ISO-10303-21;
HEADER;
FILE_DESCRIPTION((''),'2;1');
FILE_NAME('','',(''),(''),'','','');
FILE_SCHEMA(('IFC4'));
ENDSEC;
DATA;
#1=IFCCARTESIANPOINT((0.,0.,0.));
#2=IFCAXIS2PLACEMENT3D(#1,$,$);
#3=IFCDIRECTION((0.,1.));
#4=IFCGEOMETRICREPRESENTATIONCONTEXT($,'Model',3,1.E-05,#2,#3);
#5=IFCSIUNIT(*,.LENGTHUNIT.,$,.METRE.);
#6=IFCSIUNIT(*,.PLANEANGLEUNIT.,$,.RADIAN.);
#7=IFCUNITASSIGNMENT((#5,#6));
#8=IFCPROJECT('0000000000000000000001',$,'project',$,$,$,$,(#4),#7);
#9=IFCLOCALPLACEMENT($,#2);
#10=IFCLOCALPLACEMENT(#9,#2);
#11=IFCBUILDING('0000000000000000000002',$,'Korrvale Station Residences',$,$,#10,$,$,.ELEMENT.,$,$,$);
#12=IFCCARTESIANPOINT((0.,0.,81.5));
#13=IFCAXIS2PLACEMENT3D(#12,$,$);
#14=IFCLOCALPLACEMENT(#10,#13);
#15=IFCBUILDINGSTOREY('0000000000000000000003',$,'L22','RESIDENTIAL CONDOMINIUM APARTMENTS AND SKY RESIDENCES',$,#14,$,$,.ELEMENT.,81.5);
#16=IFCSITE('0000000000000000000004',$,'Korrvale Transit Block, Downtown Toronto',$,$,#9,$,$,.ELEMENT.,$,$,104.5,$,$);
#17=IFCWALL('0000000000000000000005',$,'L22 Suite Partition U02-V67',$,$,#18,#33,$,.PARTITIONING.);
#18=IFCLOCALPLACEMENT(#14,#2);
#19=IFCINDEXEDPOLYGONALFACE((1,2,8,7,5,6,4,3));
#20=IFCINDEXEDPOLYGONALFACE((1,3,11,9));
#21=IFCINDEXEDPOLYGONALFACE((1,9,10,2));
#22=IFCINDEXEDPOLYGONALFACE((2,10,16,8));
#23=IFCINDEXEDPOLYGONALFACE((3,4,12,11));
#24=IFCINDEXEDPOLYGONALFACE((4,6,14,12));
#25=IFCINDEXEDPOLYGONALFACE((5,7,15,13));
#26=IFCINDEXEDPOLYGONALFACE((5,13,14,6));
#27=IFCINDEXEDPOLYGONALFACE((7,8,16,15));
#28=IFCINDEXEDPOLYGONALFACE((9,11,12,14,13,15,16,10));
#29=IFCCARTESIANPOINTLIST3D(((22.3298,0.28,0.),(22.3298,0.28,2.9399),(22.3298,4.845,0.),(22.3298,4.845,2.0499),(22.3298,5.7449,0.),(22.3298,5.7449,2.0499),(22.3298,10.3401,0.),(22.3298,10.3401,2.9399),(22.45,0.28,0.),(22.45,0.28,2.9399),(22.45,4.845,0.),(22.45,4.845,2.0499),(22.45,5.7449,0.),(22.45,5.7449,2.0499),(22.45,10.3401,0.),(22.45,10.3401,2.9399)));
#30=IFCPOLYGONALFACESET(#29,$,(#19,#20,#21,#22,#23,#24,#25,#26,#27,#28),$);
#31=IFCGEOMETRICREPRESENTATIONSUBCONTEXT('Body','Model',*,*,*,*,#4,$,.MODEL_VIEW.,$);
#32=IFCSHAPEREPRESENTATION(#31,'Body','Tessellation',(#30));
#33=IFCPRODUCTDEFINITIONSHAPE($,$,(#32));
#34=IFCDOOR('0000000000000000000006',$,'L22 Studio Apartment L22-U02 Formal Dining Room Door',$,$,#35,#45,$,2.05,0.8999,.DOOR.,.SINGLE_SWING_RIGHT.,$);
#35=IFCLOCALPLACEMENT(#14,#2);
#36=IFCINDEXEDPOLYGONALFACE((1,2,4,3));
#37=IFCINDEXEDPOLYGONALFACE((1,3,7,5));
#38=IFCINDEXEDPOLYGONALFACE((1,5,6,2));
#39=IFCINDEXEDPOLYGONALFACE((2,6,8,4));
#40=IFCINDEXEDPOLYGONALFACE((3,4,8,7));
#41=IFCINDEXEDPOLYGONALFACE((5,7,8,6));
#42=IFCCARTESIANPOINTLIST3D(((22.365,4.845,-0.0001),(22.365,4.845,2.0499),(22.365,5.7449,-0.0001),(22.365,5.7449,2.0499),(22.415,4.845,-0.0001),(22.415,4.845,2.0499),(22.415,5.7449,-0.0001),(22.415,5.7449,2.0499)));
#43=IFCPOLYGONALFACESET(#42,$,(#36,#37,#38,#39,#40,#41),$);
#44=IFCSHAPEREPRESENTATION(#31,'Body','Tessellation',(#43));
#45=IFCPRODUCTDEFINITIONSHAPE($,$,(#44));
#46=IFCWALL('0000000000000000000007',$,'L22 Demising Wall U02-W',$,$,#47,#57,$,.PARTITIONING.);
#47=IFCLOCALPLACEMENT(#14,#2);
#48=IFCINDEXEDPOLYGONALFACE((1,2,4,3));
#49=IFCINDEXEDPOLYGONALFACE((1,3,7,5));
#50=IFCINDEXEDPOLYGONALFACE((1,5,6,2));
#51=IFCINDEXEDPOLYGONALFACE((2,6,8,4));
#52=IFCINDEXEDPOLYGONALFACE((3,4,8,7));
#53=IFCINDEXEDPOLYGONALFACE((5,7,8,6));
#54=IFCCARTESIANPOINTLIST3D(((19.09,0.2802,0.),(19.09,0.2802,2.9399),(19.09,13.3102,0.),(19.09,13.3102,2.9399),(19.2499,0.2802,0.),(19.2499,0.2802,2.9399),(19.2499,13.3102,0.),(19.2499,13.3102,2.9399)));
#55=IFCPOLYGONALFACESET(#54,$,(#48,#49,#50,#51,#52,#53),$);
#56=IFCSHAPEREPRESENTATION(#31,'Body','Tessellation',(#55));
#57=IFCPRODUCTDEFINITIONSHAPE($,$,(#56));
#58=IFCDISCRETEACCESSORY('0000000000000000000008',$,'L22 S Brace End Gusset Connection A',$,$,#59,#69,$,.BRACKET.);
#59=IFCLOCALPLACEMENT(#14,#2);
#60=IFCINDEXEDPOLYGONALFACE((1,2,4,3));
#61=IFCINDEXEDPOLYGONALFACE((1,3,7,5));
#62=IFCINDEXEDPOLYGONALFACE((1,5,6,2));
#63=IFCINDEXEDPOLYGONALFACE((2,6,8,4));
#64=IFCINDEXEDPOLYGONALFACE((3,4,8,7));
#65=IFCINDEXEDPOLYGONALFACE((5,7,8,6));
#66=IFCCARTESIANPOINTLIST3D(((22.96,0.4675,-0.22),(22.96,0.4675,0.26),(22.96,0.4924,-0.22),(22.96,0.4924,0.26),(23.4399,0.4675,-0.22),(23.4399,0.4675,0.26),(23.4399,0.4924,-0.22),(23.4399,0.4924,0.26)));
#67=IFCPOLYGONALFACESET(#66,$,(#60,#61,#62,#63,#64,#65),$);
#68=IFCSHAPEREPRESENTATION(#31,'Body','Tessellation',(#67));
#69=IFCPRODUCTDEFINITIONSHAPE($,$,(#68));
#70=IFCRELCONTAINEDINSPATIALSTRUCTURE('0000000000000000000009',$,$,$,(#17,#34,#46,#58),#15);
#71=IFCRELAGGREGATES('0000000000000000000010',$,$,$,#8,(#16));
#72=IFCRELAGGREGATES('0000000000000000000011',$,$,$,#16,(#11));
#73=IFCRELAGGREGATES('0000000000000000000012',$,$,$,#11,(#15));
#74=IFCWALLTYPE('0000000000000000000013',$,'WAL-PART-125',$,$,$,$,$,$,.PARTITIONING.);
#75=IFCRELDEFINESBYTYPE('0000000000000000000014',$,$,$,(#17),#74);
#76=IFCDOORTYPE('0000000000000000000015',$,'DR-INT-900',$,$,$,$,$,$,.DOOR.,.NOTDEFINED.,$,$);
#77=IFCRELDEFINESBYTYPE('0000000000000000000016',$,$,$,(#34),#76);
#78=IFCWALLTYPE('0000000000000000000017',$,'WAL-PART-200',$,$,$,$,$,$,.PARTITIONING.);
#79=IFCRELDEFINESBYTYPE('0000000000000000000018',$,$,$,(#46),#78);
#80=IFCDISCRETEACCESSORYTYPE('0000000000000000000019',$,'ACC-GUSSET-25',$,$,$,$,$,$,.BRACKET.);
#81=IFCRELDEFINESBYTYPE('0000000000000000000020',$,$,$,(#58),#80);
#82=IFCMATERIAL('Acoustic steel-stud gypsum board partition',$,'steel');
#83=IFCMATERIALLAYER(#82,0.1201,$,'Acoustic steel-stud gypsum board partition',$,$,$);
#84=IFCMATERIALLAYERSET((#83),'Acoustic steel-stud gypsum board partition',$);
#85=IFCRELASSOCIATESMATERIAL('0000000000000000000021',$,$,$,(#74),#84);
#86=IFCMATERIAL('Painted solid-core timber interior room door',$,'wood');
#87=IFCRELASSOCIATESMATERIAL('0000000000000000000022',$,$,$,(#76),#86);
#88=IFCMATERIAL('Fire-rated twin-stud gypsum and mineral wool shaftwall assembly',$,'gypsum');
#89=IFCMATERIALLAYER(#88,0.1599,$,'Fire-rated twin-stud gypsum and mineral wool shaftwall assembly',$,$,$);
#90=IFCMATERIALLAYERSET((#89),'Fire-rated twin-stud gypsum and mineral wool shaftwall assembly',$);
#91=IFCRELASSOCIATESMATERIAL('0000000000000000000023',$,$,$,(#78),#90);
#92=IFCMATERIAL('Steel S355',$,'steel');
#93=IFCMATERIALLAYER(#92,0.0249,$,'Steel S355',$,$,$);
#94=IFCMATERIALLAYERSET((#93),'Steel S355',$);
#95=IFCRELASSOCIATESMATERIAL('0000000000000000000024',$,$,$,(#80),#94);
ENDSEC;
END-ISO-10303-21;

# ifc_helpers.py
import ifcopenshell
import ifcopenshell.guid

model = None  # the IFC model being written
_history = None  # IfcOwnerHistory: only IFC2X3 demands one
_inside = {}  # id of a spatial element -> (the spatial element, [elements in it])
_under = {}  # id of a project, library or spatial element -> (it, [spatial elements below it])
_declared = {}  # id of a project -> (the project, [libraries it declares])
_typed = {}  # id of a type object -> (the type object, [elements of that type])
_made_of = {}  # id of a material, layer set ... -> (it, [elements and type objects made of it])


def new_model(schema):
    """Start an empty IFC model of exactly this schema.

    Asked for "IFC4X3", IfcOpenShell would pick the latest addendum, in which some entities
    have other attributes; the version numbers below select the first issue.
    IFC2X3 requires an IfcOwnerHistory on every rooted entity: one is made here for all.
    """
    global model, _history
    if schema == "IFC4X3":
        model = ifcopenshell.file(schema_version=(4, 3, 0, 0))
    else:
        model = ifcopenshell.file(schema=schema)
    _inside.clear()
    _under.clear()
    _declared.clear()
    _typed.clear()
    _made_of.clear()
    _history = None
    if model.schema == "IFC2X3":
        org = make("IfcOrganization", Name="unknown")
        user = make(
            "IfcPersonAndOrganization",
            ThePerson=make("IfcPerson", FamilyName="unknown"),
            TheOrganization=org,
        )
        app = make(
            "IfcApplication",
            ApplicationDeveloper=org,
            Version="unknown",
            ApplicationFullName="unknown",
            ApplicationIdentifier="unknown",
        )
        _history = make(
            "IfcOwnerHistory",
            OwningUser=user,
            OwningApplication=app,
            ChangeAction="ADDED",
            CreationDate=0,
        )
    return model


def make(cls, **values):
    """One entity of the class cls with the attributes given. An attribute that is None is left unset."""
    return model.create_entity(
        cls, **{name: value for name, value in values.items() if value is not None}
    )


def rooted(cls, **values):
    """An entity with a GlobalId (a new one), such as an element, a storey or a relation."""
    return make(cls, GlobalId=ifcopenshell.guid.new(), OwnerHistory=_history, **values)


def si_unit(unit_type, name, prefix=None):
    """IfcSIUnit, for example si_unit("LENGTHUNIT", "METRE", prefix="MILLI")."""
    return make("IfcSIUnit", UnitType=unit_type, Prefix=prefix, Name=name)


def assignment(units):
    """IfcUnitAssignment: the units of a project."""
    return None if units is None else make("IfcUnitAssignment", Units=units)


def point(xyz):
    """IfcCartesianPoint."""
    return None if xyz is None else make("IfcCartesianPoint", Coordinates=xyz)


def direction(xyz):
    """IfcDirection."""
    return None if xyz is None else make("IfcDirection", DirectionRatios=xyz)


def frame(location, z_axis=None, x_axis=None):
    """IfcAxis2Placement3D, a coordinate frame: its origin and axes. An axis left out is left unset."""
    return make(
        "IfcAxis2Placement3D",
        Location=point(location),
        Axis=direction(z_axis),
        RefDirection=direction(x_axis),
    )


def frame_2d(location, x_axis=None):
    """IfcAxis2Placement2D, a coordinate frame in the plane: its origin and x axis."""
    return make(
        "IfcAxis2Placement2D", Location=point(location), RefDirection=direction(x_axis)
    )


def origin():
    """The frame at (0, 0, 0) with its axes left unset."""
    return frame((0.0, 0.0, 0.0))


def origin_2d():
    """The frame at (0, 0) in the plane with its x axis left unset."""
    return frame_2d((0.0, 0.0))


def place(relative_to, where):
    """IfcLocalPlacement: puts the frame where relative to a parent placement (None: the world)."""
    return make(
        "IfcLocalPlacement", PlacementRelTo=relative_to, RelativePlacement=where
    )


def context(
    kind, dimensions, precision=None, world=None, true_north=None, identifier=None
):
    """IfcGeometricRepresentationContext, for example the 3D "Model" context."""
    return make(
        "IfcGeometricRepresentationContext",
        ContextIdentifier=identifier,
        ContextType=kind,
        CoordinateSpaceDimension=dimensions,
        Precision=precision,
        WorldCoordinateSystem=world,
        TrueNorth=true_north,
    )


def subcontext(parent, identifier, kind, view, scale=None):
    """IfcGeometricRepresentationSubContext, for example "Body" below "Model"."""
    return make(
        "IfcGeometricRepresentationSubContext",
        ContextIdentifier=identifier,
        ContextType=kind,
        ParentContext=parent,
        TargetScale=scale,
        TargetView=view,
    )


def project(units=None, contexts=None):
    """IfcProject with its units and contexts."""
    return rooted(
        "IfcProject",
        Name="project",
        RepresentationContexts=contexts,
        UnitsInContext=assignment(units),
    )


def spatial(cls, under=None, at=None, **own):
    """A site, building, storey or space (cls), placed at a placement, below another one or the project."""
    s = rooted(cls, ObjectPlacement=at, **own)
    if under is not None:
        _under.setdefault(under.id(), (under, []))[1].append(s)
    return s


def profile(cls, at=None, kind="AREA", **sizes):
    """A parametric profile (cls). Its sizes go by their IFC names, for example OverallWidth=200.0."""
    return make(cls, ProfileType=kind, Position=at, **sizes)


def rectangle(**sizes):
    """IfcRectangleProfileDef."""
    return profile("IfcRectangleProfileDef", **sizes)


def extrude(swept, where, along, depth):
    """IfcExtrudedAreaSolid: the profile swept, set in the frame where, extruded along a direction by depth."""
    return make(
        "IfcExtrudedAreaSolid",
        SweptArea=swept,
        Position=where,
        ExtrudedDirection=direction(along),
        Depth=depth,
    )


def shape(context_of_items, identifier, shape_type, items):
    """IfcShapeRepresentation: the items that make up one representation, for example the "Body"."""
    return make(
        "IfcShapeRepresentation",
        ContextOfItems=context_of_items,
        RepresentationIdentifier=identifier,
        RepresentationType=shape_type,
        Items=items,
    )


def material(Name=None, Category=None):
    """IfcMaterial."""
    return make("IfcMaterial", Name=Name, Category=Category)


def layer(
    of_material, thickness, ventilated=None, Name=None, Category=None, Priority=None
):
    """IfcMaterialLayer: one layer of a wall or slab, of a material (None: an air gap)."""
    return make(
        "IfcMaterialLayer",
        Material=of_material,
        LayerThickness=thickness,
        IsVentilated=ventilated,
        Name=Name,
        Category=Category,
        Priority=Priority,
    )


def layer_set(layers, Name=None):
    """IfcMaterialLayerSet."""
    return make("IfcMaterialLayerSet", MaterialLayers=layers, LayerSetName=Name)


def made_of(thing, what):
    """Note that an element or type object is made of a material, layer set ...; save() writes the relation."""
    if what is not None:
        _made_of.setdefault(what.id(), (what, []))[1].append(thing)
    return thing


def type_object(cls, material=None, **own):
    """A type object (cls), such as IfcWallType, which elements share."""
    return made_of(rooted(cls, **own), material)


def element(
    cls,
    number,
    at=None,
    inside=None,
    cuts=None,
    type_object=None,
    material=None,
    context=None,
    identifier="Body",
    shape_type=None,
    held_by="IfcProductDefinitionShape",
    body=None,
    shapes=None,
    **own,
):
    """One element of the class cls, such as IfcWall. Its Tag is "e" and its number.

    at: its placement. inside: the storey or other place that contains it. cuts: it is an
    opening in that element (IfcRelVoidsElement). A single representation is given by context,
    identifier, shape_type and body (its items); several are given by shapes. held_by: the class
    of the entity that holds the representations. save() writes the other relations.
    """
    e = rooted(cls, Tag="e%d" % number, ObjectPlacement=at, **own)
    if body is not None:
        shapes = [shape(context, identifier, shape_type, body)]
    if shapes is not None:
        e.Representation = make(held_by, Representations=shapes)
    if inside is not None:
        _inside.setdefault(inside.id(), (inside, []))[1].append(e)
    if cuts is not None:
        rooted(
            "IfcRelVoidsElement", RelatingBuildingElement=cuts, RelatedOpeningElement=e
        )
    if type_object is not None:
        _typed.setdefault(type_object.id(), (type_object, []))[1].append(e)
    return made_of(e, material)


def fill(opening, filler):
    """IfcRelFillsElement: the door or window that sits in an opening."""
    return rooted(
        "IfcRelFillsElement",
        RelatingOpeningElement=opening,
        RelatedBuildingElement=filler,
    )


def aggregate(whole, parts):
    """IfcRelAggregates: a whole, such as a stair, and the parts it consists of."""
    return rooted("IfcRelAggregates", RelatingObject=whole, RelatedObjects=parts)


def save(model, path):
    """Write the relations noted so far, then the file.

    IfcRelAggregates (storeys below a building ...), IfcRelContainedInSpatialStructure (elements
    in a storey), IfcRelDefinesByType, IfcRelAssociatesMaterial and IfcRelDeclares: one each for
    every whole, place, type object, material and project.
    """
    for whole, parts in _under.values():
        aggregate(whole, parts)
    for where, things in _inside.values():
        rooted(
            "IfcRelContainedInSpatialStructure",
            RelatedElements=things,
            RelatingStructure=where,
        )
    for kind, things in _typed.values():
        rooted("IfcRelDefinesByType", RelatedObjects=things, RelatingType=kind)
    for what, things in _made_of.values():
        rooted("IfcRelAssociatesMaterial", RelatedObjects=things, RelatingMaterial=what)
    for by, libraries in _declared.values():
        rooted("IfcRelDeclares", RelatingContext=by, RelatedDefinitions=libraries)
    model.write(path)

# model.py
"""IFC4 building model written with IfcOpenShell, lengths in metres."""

from ifc_helpers import new_model, si_unit, direction, frame, frame_2d, origin, origin_2d, place, context, subcontext, project, spatial, rectangle, extrude, material, layer, layer_set, type_object, element, fill, save


model = new_model("IFC4")

# Units and contexts
model_context = context("Model", 3, precision=1e-05, world=origin(), true_north=direction((0.0, 1.0)))
body_context = subcontext(model_context, "Body", "Model", "MODEL_VIEW")
ifc_project = project(units=[si_unit("LENGTHUNIT", "METRE"), si_unit("PLANEANGLEUNIT", "RADIAN")], contexts=[model_context])

# Site, building, storey
site_placement = place(None, origin())
site = spatial("IfcSite", under=ifc_project, at=site_placement, Name="Korrvale Transit Block, Downtown Toronto", CompositionType="ELEMENT", RefElevation=104.5)
building_placement = place(site_placement, origin())
building = spatial("IfcBuilding", under=site, at=building_placement, Name="Korrvale Station Residences", CompositionType="ELEMENT")
storey_placement = place(building_placement, frame((0.0, 0.0, 81.5)))
storey = spatial("IfcBuildingStorey", under=building, at=storey_placement, Name="L22", Description="RESIDENTIAL CONDOMINIUM APARTMENTS AND SKY RESIDENCES", CompositionType="ELEMENT", Elevation=81.5)

# Shared definitions
ifc_material_1 = material(Name="Steel S355", Category="steel")

# Shared definitions
ifc_material_2 = material(Name="Acoustic steel-stud gypsum board partition", Category="steel")
ifc_layer_1 = layer(ifc_material_2, 0.1201, Name="Acoustic steel-stud gypsum board partition")
ifc_layer_set_1 = layer_set([ifc_layer_1], Name="Acoustic steel-stud gypsum board partition")
wall_type_1 = type_object("IfcWallType", Name="WAL-PART-125", PredefinedType="PARTITIONING", material=ifc_layer_set_1)
ifc_material_3 = material(Name="Painted solid-core timber interior room door", Category="wood")
door_type_1 = type_object("IfcDoorType", Name="DR-INT-900", OperationType="NOTDEFINED", PredefinedType="DOOR", material=ifc_material_3)

# Wall, opening, door
wall_1_placement = place(storey_placement, frame((22.3899, 0.28, 0.0), z_axis=(0.0, 0.0, 1.0), x_axis=(0.0, 1.0, 0.0)))
wall_1 = element("IfcWall", 1, at=wall_1_placement, inside=storey, type_object=wall_type_1, Name="L22 Suite Partition U02-V67", PredefinedType="PARTITIONING", context=body_context, shape_type="SweptSolid", body=[
    extrude(rectangle(XDim=10.0601, YDim=0.1201, at=frame_2d((5.03, 0.0))), origin(), (0.0, 0.0, 1.0), 2.9399),
])
opening_1_placement = place(wall_1_placement, frame((4.5649, 0.0, 0.0)))
opening_1 = element("IfcOpeningElement", 2, at=opening_1_placement, cuts=wall_1, PredefinedType="OPENING", context=body_context, shape_type="SweptSolid", body=[
    extrude(rectangle(XDim=0.8999, YDim=2.05, at=frame_2d((0.45, 1.0249))), frame((0.0, 0.0701, 0.0), z_axis=(0.0, -1.0, 0.0), x_axis=(1.0, 0.0, 0.0)), (0.0, 0.0, 1.0), 0.1401),
])
door_1_placement = place(opening_1_placement, origin())
door_1 = element("IfcDoor", 3, at=door_1_placement, inside=storey, type_object=door_type_1, Name="L22 Studio Apartment L22-U02 Formal Dining Room Door", OperationType="SINGLE_SWING_RIGHT", OverallHeight=2.05, OverallWidth=0.8999, PredefinedType="DOOR", context=body_context, shape_type="SweptSolid", body=[
    extrude(rectangle(XDim=0.8999, YDim=2.05, at=frame_2d((0.45, 1.0249))), frame((0.0, 0.0249, 0.0), z_axis=(0.0, -1.0, 0.0), x_axis=(1.0, 0.0, 0.0)), (0.0, 0.0, 1.0), 0.05),
])
fill(opening_1, door_1)

# Wall
ifc_material_4 = material(Name="Fire-rated twin-stud gypsum and mineral wool shaftwall assembly", Category="gypsum")
ifc_layer_2 = layer(ifc_material_4, 0.1599, Name="Fire-rated twin-stud gypsum and mineral wool shaftwall assembly")
ifc_layer_set_2 = layer_set([ifc_layer_2], Name="Fire-rated twin-stud gypsum and mineral wool shaftwall assembly")
wall_type_2 = type_object("IfcWallType", Name="WAL-PART-200", PredefinedType="PARTITIONING", material=ifc_layer_set_2)
wall_2_placement = place(storey_placement, frame((19.1699, 0.28, 0.0), z_axis=(0.0, 0.0, 1.0), x_axis=(0.0, 1.0, 0.0)))
element("IfcWall", 4, at=wall_2_placement, inside=storey, type_object=wall_type_2, Name="L22 Demising Wall U02-W", PredefinedType="PARTITIONING", context=body_context, shape_type="SweptSolid", body=[
    extrude(rectangle(XDim=13.03, YDim=0.1599, at=frame_2d((6.5151, 0.0))), origin(), (0.0, 0.0, 1.0), 2.9399),
])

# Discrete accessory
ifc_layer_3 = layer(ifc_material_1, 0.0249, Name="Steel S355")
ifc_layer_set_3 = layer_set([ifc_layer_3], Name="Steel S355")
discrete_accessory_type = type_object("IfcDiscreteAccessoryType", Name="ACC-GUSSET-25", PredefinedType="BRACKET", material=ifc_layer_set_3)
discrete_accessory_placement = place(storey_placement, frame((23.2, 0.48, -0.22), z_axis=(0.0, 0.0, 1.0), x_axis=(1.0, 0.0, 0.0)))
element("IfcDiscreteAccessory", 5, at=discrete_accessory_placement, inside=storey, type_object=discrete_accessory_type, Name="L22 S Brace End Gusset Connection A", PredefinedType="BRACKET", context=body_context, shape_type="SweptSolid", body=[
    extrude(rectangle(XDim=0.48, YDim=0.0249, at=origin_2d()), origin(), (0.0, 0.0, 1.0), 0.48),
])

save(model, "model.ifc")
